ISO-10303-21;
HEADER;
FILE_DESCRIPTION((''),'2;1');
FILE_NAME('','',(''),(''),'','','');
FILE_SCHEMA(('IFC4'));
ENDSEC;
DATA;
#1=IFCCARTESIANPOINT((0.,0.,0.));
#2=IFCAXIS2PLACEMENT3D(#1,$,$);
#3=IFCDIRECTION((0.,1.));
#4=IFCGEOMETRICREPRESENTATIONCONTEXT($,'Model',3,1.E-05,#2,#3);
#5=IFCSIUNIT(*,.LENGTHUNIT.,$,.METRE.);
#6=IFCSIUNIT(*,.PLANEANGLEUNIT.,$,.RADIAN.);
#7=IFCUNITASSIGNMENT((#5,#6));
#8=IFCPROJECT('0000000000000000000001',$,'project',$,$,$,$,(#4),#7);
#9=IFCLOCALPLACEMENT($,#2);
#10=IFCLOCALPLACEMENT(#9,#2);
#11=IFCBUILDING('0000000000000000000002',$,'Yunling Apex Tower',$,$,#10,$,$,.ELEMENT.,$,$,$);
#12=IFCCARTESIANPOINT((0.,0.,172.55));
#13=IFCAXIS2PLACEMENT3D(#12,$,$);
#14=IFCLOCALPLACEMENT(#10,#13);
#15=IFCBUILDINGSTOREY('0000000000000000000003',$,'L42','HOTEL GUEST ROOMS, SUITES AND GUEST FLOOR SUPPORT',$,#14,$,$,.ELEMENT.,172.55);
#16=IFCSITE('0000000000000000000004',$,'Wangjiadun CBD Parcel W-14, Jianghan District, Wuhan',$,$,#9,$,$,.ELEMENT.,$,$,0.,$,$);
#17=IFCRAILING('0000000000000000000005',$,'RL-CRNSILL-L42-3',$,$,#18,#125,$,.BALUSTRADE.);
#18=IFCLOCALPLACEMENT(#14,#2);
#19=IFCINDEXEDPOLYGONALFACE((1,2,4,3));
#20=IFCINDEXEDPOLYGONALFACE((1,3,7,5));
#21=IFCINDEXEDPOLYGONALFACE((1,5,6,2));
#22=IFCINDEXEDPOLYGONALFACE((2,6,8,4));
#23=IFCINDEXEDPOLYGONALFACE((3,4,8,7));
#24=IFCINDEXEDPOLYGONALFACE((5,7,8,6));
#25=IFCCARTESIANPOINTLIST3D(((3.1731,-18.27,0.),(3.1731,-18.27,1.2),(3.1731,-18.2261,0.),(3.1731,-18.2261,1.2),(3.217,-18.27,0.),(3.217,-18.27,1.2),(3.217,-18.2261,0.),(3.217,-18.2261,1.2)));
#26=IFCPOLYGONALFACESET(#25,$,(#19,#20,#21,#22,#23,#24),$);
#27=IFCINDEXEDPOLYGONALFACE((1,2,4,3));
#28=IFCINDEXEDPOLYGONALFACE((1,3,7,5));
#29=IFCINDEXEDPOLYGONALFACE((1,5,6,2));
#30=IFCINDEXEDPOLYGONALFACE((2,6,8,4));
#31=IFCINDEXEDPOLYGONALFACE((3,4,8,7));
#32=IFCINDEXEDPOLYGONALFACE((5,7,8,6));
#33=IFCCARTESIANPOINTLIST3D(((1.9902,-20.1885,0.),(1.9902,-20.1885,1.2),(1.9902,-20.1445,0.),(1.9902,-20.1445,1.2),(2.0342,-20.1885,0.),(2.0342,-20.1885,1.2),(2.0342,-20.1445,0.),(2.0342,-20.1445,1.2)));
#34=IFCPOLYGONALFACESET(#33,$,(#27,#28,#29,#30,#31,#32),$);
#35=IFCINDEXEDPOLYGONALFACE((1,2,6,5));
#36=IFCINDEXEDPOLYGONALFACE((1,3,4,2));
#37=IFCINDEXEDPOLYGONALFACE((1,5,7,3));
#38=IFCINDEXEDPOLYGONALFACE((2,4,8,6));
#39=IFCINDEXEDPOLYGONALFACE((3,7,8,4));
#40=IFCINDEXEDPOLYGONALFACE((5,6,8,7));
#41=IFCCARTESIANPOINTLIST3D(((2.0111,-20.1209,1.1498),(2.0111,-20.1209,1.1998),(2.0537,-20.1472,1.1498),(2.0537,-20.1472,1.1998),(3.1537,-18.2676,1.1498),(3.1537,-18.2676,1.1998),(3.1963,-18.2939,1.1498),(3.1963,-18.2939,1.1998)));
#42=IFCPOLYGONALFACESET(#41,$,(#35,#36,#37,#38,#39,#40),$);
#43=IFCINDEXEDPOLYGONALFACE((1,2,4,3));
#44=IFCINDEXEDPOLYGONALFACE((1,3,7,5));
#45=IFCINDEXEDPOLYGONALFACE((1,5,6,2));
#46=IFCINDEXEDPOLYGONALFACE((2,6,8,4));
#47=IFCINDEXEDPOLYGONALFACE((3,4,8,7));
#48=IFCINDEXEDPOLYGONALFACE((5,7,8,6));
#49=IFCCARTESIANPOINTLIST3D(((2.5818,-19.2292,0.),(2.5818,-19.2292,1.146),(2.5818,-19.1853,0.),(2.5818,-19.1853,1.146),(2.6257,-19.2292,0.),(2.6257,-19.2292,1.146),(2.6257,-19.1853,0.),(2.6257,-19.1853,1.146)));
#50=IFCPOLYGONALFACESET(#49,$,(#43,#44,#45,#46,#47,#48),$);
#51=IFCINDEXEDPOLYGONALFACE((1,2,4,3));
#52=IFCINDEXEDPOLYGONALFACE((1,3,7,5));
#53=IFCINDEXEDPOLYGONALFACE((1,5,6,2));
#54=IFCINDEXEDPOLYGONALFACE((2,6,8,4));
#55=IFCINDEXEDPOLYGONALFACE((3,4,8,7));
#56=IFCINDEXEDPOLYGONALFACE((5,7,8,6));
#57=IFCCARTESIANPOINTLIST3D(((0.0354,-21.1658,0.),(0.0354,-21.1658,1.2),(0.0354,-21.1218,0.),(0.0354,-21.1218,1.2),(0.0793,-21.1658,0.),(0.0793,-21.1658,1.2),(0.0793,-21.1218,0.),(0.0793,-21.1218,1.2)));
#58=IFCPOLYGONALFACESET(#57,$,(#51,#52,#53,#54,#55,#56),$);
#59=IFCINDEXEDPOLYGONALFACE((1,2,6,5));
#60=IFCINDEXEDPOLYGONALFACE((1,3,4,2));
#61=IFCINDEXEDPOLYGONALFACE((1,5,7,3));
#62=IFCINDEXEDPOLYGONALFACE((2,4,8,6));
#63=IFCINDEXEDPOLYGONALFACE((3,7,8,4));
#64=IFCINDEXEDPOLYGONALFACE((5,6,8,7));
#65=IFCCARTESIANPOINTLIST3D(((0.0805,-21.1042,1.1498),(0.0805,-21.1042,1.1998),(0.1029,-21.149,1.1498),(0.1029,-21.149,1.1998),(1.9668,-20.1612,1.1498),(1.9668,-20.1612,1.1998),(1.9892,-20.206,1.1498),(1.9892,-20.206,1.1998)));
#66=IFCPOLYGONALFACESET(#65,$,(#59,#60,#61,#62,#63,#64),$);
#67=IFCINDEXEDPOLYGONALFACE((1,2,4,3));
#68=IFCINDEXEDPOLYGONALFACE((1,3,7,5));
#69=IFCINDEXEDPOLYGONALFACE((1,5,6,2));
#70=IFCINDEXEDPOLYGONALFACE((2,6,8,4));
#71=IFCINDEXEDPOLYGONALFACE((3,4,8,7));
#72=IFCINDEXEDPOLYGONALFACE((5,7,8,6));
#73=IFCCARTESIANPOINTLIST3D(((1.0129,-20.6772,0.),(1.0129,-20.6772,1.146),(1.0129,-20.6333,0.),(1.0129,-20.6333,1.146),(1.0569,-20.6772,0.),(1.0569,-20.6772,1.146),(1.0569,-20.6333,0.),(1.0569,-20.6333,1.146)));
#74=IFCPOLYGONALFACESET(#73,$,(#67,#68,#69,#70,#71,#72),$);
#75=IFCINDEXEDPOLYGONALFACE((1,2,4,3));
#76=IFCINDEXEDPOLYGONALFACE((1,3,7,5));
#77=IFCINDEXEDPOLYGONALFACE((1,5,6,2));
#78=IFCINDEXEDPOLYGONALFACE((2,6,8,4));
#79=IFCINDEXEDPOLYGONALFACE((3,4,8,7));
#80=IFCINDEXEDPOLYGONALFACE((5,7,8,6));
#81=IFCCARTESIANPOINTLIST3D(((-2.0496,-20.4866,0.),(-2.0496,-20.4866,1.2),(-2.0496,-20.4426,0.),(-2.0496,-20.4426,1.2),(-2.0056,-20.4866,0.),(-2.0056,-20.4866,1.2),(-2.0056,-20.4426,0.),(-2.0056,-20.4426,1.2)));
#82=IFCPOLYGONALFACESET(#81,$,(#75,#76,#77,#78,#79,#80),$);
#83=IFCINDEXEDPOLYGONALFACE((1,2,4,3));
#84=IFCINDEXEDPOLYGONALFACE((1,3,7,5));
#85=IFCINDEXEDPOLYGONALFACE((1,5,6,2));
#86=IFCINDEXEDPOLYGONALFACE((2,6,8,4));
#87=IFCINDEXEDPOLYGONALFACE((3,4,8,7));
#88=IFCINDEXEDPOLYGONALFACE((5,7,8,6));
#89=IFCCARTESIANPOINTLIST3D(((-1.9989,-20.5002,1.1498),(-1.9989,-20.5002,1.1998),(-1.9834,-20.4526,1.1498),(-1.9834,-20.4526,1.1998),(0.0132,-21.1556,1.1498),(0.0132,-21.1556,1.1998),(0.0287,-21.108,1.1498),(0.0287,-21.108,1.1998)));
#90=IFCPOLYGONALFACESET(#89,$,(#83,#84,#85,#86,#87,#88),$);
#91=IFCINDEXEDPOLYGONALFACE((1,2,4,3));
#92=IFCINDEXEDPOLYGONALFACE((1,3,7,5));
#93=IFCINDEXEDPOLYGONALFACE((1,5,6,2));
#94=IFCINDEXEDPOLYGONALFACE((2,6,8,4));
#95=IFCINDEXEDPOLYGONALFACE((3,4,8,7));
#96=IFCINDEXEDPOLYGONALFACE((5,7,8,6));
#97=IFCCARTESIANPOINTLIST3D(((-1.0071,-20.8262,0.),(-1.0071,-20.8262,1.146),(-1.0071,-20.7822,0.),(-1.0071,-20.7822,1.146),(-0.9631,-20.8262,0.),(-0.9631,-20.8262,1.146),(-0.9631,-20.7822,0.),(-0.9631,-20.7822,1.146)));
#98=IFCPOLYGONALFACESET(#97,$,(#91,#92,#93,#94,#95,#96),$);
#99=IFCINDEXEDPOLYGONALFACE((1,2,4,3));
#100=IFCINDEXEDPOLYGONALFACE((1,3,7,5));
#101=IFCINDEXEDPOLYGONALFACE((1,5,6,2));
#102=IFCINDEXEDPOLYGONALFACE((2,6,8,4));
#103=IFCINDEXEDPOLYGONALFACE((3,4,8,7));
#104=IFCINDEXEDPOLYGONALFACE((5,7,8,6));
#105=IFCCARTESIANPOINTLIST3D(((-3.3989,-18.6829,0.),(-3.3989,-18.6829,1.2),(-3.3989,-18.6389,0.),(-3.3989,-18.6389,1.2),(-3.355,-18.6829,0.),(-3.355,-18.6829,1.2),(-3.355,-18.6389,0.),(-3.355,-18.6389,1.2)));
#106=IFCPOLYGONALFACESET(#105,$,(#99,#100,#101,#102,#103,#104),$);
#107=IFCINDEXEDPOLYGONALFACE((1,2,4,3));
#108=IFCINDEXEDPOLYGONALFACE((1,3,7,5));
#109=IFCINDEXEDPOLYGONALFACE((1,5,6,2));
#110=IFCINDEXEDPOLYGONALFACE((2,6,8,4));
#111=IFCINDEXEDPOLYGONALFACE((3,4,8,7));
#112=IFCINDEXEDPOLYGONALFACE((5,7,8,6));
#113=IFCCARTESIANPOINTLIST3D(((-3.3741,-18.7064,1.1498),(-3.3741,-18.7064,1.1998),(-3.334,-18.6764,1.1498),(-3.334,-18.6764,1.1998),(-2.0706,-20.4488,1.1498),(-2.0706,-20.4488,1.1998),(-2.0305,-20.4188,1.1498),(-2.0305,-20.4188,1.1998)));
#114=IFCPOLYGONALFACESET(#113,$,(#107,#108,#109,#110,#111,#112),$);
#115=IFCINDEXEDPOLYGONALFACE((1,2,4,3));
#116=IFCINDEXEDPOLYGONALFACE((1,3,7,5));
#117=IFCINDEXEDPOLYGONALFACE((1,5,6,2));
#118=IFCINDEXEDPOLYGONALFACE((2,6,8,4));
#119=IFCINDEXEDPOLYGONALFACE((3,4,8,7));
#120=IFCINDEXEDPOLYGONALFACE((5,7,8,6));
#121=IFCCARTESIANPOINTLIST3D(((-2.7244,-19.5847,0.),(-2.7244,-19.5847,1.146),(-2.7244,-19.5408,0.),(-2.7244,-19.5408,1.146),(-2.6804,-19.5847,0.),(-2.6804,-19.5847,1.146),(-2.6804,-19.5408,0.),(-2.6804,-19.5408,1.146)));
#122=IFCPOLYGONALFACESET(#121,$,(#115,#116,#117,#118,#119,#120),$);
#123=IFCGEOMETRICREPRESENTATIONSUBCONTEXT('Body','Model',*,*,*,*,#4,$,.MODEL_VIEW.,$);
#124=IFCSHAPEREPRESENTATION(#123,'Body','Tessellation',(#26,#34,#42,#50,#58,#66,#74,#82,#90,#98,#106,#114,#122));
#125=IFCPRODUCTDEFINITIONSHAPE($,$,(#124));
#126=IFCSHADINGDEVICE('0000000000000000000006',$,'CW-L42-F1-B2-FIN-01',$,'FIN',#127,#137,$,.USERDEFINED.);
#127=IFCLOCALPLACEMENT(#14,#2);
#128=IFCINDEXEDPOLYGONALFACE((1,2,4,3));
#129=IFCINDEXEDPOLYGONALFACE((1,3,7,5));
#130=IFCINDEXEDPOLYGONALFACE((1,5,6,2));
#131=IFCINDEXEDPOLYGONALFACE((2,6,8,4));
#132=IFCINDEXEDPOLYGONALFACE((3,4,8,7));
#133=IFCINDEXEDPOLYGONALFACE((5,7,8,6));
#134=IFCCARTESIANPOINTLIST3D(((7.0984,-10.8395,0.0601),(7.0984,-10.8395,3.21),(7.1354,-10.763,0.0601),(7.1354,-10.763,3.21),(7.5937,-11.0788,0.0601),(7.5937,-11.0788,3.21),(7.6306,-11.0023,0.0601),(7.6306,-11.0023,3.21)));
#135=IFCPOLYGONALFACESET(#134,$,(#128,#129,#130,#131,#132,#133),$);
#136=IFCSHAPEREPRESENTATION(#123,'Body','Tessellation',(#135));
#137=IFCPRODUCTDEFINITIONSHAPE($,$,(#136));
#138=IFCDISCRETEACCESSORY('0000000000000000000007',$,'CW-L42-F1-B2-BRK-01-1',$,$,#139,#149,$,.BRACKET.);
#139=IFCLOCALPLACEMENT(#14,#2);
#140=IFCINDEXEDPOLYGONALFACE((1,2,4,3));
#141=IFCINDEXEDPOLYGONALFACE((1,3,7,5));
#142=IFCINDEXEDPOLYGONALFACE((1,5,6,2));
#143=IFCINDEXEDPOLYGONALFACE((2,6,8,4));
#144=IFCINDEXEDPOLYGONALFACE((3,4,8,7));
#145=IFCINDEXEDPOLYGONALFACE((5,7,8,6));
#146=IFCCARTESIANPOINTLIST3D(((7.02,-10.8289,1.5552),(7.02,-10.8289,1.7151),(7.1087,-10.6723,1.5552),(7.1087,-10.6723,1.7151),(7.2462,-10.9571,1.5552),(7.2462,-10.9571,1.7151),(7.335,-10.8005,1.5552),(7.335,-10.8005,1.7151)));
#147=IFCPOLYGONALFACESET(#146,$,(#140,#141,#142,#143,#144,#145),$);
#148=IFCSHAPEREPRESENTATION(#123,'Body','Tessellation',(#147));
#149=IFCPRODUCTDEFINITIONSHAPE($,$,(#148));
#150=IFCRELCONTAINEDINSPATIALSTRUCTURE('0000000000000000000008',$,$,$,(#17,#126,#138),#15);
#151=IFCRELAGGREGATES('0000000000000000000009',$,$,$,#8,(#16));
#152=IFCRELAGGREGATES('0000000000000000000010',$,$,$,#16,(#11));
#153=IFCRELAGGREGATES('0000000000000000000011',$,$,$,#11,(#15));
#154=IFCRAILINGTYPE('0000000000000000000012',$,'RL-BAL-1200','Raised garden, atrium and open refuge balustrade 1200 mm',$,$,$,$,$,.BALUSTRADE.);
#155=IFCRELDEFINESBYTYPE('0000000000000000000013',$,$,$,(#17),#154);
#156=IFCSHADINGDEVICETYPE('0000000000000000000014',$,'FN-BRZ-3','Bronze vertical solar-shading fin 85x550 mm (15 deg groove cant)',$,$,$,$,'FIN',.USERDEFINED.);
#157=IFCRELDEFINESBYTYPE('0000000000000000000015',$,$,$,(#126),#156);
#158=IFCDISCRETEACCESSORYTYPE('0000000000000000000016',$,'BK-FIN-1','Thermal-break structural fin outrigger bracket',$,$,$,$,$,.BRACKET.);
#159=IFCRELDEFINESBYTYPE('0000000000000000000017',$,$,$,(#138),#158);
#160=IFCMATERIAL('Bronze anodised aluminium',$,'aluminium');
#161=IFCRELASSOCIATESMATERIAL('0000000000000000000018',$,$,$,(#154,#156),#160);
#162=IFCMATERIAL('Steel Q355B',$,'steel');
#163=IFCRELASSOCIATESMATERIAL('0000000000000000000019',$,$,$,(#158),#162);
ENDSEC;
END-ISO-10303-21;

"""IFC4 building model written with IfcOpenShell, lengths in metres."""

from ifc_helpers import new_model, si_unit, direction, frame, origin, origin_2d, place, context, subcontext, project, spatial, rectangle, extrude, source, transform, mapped, material, material_profile, profile_set, type_object, element, save


model = new_model("IFC4")

# Units and contexts
model_context = context("Model", 3, precision=1e-05, world=origin(), true_north=direction((0.0, 1.0)))
body_context = subcontext(model_context, "Body", "Model", "MODEL_VIEW")
ifc_project = project(units=[si_unit("LENGTHUNIT", "METRE"), si_unit("PLANEANGLEUNIT", "RADIAN")], contexts=[model_context])

# Site, building, storey
site_placement = place(None, origin())
site = spatial("IfcSite", under=ifc_project, at=site_placement, Name="Wangjiadun CBD Parcel W-14, Jianghan District, Wuhan", CompositionType="ELEMENT", RefElevation=0.0)
building_placement = place(site_placement, origin())
building = spatial("IfcBuilding", under=site, at=building_placement, Name="Yunling Apex Tower", CompositionType="ELEMENT")
storey_placement = place(building_placement, frame((0.0, 0.0, 172.55)))
storey = spatial("IfcBuildingStorey", under=building, at=storey_placement, Name="L42", Description="HOTEL GUEST ROOMS, SUITES AND GUEST FLOOR SUPPORT", CompositionType="ELEMENT", Elevation=172.55)

# Shared definitions
ifc_material_1 = material(Name="Steel Q355B", Category="steel")

# Shared definitions
ifc_material_2 = material(Name="Bronze anodised aluminium", Category="aluminium")

# Railing
railing_type = type_object("IfcRailingType", Name="RL-BAL-1200", Description="Raised garden, atrium and open refuge balustrade 1200 mm", PredefinedType="BALUSTRADE", material=ifc_material_2)
railing_placement = place(storey_placement, frame((3.1951, -18.248, 0.0)))
element("IfcRailing", 1, at=railing_placement, inside=storey, type_object=railing_type, Name="RL-CRNSILL-L42-3", PredefinedType="BALUSTRADE", context=body_context, shape_type="SweptSolid", body=[
    extrude(rectangle(XDim=0.0439, YDim=0.0439, at=origin_2d()), origin(), (0.0, 0.0, 1.0), 1.2),
    extrude(rectangle(XDim=0.0439, YDim=0.0439, at=origin_2d()), frame((-1.1829, -1.9185, 0.0)), (0.0, 0.0, 1.0), 1.2),
    extrude(rectangle(XDim=0.05, YDim=0.05, at=origin_2d()), frame((-0.02, -0.0327, 1.1748), z_axis=(-0.524829, -0.851208, 0.0), x_axis=(0.851208, -0.524829, 0.0)), (0.0, 0.0, 1.0), 2.1772),
    extrude(rectangle(XDim=0.0439, YDim=0.0439, at=origin_2d()), frame((-0.5913, -0.9592, 0.0)), (0.0, 0.0, 1.0), 1.146),
    extrude(rectangle(XDim=0.0439, YDim=0.0439, at=origin_2d()), frame((-3.1377, -2.8958, 0.0)), (0.0, 0.0, 1.0), 1.2),
    extrude(rectangle(XDim=0.05, YDim=0.05, at=origin_2d()), frame((-1.217, -1.9355, 1.1748), z_axis=(-0.89445, -0.447169, 0.0), x_axis=(0.447169, -0.89445, 0.0)), (0.0, 0.0, 1.0), 2.1089),
    extrude(rectangle(XDim=0.0439, YDim=0.0439, at=origin_2d()), frame((-2.1602, -2.4072, 0.0)), (0.0, 0.0, 1.0), 1.146),
    extrude(rectangle(XDim=0.0439, YDim=0.0439, at=origin_2d()), frame((-5.2227, -2.2166, 0.0)), (0.0, 0.0, 1.0), 1.2),
    extrude(rectangle(XDim=0.05, YDim=0.05, at=origin_2d()), frame((-3.1741, -2.8838, 1.1748), z_axis=(-0.950821, 0.309741, 0.0), x_axis=(-0.309741, -0.950821, 0.0)), (0.0, 0.0, 1.0), 2.1162),
    extrude(rectangle(XDim=0.0439, YDim=0.0439, at=origin_2d()), frame((-4.1802, -2.5562, 0.0)), (0.0, 0.0, 1.0), 1.146),
    extrude(rectangle(XDim=0.0439, YDim=0.0439, at=origin_2d()), frame((-6.572, -0.4128, 0.0)), (0.0, 0.0, 1.0), 1.2),
    extrude(rectangle(XDim=0.05, YDim=0.05, at=origin_2d()), frame((-5.2456, -2.1858, 1.1748), z_axis=(-0.599028, 0.800728, 0.0), x_axis=(-0.800728, -0.599028, 0.0)), (0.0, 0.0, 1.0), 2.176),
    extrude(rectangle(XDim=0.0439, YDim=0.0439, at=origin_2d()), frame((-5.8975, -1.3147, 0.0)), (0.0, 0.0, 1.0), 1.146),
])

# Shading device
ifc_material_profile_1 = material_profile(ifc_material_2, rectangle(XDim=0.085, YDim=0.55, at=origin_2d()))
ifc_profile_set_1 = profile_set([ifc_material_profile_1], Name="Bronze anodised aluminium")
shading_device_type = type_object("IfcShadingDeviceType", Name="FN-BRZ-3", Description="Bronze vertical solar-shading fin 85x550 mm (15 deg groove cant)", ElementType="FIN", PredefinedType="USERDEFINED", material=ifc_profile_set_1)
shared_shape_1 = source(origin(), body_context, "Body", "SweptSolid", [
    extrude(rectangle(XDim=0.085, YDim=0.55, at=origin_2d()), origin(), (0.0, 0.0, 1.0), 3.1499),
])
shading_device_placement = place(storey_placement, frame((7.3645, -10.9209, 0.0601), z_axis=(0.0, 0.0, 1.0), x_axis=(0.435074, 0.900395, 0.0)))
element("IfcShadingDevice", 2, at=shading_device_placement, inside=storey, type_object=shading_device_type, Name="CW-L42-F1-B2-FIN-01", ObjectType="FIN", PredefinedType="USERDEFINED", context=body_context, shape_type="MappedRepresentation", body=[
    mapped(shared_shape_1, transform((0.0, 0.0, 0.0), scale=1.0)),
])

# Discrete accessory
discrete_accessory_type = type_object("IfcDiscreteAccessoryType", Name="BK-FIN-1", Description="Thermal-break structural fin outrigger bracket", PredefinedType="BRACKET", material=ifc_material_1)
shared_shape_2 = source(origin(), body_context, "Body", "SweptSolid", [
    extrude(rectangle(XDim=0.1799, YDim=0.26, at=origin_2d()), origin(), (0.0, 0.0, 1.0), 0.1599),
])
discrete_accessory_placement = place(storey_placement, frame((7.1775, -10.8147, 1.5552), z_axis=(0.0, 0.0, 1.0), x_axis=(0.493031, 0.870012, 0.0)))
element("IfcDiscreteAccessory", 3, at=discrete_accessory_placement, inside=storey, type_object=discrete_accessory_type, Name="CW-L42-F1-B2-BRK-01-1", PredefinedType="BRACKET", context=body_context, shape_type="MappedRepresentation", body=[
    mapped(shared_shape_2, transform((0.0, 0.0, 0.0), scale=1.0)),
])

save(model, "model.ifc")
